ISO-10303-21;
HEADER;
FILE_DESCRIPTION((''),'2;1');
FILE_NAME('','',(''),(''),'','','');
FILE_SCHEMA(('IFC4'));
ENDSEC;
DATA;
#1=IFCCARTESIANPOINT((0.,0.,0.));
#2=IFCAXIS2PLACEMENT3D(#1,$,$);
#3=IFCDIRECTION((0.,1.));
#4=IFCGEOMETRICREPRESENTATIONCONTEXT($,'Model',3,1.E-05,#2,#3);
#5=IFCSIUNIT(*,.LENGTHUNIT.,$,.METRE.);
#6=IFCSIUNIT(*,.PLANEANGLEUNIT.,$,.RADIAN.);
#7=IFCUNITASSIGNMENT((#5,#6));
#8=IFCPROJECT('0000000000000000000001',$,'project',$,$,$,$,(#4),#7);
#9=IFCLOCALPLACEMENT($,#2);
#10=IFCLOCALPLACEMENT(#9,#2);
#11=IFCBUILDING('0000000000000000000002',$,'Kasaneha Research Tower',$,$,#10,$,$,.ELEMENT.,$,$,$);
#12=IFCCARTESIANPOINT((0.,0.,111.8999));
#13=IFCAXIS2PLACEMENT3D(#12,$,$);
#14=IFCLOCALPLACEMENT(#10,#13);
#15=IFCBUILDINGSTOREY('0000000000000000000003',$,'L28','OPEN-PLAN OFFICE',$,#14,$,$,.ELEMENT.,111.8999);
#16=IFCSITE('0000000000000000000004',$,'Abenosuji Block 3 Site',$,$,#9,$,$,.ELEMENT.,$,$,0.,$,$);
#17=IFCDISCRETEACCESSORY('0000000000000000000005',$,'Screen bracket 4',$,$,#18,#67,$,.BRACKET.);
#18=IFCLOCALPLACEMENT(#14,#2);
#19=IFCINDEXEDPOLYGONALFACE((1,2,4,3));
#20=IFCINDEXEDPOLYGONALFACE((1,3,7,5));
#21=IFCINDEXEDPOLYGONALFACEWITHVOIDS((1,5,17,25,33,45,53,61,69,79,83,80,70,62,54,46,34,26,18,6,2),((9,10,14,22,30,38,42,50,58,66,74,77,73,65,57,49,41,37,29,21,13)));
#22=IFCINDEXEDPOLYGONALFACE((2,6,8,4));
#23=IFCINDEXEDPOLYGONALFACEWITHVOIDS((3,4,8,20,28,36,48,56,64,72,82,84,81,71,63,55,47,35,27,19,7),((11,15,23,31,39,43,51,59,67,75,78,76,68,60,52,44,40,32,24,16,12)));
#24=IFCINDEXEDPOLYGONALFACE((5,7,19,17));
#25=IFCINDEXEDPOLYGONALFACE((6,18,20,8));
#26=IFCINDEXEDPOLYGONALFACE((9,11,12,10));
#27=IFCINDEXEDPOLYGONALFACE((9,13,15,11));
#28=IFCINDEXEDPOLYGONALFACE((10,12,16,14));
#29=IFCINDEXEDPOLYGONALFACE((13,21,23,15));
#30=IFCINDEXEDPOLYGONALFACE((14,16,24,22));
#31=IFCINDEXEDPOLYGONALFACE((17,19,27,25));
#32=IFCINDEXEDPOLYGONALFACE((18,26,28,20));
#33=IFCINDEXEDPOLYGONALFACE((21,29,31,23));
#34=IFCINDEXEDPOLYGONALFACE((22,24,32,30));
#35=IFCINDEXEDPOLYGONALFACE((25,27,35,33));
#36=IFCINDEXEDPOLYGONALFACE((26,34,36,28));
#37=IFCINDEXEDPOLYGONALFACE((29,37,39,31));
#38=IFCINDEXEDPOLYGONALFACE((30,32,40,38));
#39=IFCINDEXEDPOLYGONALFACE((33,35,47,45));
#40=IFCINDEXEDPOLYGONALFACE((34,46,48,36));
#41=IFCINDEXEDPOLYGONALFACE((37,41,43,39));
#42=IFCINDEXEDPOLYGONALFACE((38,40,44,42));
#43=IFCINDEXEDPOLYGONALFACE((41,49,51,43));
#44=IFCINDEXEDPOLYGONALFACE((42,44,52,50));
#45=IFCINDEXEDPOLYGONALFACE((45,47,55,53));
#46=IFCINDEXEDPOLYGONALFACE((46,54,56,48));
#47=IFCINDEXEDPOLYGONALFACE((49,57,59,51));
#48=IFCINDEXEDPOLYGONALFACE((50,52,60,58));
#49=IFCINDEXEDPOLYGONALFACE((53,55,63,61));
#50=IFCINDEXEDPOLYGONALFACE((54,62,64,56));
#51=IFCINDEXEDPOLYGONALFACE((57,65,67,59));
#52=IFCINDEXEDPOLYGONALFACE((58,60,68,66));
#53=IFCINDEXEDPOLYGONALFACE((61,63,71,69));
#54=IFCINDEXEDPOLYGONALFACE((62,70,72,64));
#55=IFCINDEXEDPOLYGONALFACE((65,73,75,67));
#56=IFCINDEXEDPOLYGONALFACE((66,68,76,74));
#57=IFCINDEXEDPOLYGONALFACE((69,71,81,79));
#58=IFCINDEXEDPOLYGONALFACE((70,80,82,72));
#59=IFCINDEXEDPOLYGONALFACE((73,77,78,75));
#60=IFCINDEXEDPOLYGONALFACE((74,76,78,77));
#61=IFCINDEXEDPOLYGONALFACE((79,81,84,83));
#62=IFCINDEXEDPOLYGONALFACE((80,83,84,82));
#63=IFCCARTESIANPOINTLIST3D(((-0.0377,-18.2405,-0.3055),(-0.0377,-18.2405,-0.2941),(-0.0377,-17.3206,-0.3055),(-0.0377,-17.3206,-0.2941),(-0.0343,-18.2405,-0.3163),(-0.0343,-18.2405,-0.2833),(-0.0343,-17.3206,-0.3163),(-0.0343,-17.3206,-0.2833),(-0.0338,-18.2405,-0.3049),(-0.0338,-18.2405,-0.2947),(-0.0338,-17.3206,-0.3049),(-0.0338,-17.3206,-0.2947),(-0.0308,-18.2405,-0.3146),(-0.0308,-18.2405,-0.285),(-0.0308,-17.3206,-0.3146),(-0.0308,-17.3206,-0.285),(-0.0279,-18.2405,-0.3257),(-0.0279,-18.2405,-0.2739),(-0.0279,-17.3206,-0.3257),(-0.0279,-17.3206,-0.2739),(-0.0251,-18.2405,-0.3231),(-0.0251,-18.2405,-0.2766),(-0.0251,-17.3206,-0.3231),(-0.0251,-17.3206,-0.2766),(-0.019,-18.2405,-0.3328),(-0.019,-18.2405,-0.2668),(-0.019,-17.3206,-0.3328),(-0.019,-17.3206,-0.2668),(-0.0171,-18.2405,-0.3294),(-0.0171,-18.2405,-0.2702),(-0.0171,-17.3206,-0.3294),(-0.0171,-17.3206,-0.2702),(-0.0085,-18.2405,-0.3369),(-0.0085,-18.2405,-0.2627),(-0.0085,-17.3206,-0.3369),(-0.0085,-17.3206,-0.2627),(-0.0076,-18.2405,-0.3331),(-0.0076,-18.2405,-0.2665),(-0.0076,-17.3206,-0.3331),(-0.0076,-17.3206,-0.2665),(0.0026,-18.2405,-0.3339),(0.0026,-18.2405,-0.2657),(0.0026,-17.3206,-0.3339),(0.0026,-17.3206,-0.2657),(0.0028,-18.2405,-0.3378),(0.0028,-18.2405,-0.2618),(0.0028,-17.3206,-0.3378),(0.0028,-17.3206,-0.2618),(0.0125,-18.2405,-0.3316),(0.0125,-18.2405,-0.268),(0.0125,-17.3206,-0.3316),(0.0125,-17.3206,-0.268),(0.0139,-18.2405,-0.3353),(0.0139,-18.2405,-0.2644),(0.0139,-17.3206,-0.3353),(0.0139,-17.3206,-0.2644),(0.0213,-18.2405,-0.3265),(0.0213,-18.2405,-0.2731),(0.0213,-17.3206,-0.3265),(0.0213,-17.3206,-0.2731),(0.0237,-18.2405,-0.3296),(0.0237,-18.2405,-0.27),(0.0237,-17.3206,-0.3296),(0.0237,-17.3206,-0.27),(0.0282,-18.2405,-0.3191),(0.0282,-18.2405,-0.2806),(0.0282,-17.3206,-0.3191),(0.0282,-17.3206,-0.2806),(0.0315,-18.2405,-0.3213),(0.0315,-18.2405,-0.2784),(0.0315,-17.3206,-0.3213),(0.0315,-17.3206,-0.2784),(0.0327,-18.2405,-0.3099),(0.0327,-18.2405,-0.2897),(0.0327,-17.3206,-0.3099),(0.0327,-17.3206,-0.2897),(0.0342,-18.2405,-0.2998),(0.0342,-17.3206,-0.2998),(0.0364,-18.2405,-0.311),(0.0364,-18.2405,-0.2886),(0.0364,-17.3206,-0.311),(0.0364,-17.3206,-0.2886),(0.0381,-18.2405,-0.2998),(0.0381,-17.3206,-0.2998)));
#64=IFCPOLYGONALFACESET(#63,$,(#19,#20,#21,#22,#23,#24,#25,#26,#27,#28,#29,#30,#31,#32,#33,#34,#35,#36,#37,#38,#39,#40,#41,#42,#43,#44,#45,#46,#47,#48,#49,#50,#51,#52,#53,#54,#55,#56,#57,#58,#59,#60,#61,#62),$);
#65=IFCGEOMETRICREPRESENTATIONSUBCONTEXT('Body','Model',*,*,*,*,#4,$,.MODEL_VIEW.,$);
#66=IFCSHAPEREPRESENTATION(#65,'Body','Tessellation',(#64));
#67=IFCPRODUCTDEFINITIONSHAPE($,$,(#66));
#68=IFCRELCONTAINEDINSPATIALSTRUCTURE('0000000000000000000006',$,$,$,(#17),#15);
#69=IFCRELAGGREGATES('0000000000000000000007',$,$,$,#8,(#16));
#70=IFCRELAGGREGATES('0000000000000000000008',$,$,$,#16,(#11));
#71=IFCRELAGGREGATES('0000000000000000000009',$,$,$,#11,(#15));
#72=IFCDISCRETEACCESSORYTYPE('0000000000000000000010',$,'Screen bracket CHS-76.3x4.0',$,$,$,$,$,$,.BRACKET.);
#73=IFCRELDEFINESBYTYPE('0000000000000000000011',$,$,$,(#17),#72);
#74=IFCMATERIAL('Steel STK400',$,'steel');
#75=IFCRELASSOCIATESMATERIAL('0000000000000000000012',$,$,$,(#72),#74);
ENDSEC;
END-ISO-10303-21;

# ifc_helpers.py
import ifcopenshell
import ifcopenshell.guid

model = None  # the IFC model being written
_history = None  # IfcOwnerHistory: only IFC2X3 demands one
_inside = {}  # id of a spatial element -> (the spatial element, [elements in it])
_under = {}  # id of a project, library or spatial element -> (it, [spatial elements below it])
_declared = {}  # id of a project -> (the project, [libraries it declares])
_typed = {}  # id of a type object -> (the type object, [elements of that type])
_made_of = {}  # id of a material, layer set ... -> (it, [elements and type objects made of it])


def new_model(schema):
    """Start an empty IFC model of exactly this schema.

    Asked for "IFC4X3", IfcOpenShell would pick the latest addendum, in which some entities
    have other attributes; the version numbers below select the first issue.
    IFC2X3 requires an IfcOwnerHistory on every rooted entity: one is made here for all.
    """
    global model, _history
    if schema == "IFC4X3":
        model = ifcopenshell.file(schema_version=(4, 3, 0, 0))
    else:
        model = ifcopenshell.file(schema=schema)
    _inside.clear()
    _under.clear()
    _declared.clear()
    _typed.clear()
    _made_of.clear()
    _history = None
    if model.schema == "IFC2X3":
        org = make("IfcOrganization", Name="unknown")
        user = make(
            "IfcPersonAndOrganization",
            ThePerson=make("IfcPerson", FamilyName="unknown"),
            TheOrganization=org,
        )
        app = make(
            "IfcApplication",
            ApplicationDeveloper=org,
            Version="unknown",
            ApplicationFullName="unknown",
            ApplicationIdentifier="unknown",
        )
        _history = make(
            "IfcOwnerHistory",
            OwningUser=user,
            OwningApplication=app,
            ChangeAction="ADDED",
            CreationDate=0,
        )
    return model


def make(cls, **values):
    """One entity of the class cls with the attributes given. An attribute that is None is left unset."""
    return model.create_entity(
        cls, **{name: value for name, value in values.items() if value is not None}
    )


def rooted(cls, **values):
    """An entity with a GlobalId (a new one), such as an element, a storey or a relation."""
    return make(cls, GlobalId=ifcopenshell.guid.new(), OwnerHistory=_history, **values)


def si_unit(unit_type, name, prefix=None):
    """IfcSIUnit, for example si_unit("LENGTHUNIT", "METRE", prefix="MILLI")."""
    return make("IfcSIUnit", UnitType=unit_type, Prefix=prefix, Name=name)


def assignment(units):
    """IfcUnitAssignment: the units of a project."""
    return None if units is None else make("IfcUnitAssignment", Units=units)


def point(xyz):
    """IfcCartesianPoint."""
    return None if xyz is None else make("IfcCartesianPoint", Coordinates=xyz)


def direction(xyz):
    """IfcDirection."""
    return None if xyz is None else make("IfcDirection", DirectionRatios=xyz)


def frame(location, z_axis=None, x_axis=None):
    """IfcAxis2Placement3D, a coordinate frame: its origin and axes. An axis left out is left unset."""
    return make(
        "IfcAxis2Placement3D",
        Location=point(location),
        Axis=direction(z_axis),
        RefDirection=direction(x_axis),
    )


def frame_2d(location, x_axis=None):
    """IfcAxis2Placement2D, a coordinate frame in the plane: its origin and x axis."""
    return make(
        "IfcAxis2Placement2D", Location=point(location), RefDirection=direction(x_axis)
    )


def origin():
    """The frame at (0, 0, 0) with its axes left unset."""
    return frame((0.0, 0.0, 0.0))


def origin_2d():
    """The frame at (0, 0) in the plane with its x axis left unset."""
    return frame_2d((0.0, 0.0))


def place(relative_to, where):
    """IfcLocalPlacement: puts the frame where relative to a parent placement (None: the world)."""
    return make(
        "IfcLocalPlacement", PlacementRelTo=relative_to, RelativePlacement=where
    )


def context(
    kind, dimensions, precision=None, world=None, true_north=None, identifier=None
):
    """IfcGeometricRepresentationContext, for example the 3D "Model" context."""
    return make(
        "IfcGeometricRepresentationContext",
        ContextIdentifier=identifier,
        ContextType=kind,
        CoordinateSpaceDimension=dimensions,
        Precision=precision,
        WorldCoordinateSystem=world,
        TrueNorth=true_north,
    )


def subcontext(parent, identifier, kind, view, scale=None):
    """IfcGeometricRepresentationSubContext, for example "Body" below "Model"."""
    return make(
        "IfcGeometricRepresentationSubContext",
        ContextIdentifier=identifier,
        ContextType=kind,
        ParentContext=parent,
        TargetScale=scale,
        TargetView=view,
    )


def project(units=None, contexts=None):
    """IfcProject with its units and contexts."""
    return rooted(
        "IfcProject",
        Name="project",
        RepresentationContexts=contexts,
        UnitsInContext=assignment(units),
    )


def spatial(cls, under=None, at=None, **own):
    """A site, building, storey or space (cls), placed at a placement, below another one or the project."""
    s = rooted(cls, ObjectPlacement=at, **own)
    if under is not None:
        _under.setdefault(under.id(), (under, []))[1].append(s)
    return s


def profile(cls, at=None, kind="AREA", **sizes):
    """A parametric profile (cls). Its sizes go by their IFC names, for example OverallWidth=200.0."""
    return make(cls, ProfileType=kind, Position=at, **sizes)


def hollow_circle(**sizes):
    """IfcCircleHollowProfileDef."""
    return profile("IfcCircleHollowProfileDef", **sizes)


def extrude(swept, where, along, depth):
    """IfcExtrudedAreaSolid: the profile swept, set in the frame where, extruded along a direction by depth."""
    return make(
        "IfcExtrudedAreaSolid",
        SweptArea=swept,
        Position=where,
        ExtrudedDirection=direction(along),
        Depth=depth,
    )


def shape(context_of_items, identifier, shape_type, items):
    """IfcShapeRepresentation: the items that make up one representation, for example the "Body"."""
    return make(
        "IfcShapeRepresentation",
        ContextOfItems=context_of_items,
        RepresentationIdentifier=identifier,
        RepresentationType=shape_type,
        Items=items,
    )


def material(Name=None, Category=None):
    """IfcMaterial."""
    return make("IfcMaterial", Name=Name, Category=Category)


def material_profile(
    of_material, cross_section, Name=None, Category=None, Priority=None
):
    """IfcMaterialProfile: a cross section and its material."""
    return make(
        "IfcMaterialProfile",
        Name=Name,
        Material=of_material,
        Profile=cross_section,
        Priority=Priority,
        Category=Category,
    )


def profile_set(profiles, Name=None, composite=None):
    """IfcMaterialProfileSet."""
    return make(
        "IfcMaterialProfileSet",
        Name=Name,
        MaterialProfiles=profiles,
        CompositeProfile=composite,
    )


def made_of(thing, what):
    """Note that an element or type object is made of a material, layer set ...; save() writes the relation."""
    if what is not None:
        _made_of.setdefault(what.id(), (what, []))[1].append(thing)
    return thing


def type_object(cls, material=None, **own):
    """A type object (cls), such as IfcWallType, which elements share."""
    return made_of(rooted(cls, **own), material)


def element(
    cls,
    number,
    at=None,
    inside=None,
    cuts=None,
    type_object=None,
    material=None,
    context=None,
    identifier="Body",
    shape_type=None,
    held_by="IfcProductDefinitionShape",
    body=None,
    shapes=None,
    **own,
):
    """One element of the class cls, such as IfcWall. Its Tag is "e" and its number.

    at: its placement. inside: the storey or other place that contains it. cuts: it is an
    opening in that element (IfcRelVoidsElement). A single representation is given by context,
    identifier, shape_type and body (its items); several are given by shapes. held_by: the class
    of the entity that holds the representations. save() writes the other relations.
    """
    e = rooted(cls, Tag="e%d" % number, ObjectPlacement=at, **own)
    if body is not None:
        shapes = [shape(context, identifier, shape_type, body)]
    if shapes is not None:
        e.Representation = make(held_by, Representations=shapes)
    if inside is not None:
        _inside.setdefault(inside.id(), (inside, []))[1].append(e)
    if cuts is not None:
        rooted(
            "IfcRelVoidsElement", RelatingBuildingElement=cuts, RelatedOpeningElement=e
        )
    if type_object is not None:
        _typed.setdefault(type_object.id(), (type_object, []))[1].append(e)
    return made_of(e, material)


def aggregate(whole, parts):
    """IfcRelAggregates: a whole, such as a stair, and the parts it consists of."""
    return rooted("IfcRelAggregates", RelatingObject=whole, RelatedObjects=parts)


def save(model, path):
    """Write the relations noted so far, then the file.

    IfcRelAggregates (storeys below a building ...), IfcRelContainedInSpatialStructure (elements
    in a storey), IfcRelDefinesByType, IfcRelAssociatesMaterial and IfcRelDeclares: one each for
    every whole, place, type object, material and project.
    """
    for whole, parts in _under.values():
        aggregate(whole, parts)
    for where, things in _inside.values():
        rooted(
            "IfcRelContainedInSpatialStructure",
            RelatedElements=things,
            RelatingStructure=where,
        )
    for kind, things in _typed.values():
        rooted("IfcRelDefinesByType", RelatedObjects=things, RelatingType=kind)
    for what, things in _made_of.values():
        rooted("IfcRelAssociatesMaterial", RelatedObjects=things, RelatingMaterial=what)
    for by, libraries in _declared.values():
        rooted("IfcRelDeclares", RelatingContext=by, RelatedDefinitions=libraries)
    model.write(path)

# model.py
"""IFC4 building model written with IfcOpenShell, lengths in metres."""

from ifc_helpers import new_model, si_unit, direction, frame, origin, origin_2d, place, context, subcontext, project, spatial, hollow_circle, extrude, material, material_profile, profile_set, type_object, element, save


model = new_model("IFC4")

# Units and contexts
model_context = context("Model", 3, precision=1e-05, world=origin(), true_north=direction((0.0, 1.0)))
body_context = subcontext(model_context, "Body", "Model", "MODEL_VIEW")
ifc_project = project(units=[si_unit("LENGTHUNIT", "METRE"), si_unit("PLANEANGLEUNIT", "RADIAN")], contexts=[model_context])

# Site, building, storey
site_placement = place(None, origin())
site = spatial("IfcSite", under=ifc_project, at=site_placement, Name="Abenosuji Block 3 Site", CompositionType="ELEMENT", RefElevation=0.0)
building_placement = place(site_placement, origin())
building = spatial("IfcBuilding", under=site, at=building_placement, Name="Kasaneha Research Tower", CompositionType="ELEMENT")
storey_placement = place(building_placement, frame((0.0, 0.0, 111.8999)))
storey = spatial("IfcBuildingStorey", under=building, at=storey_placement, Name="L28", Description="OPEN-PLAN OFFICE", CompositionType="ELEMENT", Elevation=111.8999)

# Discrete accessory
ifc_material_1 = material(Name="Steel STK400", Category="steel")
ifc_material_profile_1 = material_profile(ifc_material_1, hollow_circle(Radius=0.0381, WallThickness=0.0039, at=origin_2d()), Name="CHS-76.3x4.0")
ifc_profile_set_1 = profile_set([ifc_material_profile_1], Name="Steel STK400")
discrete_accessory_type = type_object("IfcDiscreteAccessoryType", Name="Screen bracket CHS-76.3x4.0", PredefinedType="BRACKET", material=ifc_profile_set_1)
for number, where, z_axis, x_axis, name in (
    (1, (0.0, -17.3206, -0.2998), (0.0, -1.0, 0.0), (1.0, 0.0, 0.0), "Screen bracket 4"),
):
    element("IfcDiscreteAccessory", number, at=place(storey_placement, frame(where, z_axis=z_axis, x_axis=x_axis)), inside=storey, type_object=discrete_accessory_type, Name=name, PredefinedType="BRACKET", context=body_context, shape_type="SweptSolid", body=[
        extrude(hollow_circle(Radius=0.0381, WallThickness=0.0039, at=origin_2d()), origin(), (0.0, 0.0, 1.0), 0.9199),
    ])

save(model, "model.ifc")
